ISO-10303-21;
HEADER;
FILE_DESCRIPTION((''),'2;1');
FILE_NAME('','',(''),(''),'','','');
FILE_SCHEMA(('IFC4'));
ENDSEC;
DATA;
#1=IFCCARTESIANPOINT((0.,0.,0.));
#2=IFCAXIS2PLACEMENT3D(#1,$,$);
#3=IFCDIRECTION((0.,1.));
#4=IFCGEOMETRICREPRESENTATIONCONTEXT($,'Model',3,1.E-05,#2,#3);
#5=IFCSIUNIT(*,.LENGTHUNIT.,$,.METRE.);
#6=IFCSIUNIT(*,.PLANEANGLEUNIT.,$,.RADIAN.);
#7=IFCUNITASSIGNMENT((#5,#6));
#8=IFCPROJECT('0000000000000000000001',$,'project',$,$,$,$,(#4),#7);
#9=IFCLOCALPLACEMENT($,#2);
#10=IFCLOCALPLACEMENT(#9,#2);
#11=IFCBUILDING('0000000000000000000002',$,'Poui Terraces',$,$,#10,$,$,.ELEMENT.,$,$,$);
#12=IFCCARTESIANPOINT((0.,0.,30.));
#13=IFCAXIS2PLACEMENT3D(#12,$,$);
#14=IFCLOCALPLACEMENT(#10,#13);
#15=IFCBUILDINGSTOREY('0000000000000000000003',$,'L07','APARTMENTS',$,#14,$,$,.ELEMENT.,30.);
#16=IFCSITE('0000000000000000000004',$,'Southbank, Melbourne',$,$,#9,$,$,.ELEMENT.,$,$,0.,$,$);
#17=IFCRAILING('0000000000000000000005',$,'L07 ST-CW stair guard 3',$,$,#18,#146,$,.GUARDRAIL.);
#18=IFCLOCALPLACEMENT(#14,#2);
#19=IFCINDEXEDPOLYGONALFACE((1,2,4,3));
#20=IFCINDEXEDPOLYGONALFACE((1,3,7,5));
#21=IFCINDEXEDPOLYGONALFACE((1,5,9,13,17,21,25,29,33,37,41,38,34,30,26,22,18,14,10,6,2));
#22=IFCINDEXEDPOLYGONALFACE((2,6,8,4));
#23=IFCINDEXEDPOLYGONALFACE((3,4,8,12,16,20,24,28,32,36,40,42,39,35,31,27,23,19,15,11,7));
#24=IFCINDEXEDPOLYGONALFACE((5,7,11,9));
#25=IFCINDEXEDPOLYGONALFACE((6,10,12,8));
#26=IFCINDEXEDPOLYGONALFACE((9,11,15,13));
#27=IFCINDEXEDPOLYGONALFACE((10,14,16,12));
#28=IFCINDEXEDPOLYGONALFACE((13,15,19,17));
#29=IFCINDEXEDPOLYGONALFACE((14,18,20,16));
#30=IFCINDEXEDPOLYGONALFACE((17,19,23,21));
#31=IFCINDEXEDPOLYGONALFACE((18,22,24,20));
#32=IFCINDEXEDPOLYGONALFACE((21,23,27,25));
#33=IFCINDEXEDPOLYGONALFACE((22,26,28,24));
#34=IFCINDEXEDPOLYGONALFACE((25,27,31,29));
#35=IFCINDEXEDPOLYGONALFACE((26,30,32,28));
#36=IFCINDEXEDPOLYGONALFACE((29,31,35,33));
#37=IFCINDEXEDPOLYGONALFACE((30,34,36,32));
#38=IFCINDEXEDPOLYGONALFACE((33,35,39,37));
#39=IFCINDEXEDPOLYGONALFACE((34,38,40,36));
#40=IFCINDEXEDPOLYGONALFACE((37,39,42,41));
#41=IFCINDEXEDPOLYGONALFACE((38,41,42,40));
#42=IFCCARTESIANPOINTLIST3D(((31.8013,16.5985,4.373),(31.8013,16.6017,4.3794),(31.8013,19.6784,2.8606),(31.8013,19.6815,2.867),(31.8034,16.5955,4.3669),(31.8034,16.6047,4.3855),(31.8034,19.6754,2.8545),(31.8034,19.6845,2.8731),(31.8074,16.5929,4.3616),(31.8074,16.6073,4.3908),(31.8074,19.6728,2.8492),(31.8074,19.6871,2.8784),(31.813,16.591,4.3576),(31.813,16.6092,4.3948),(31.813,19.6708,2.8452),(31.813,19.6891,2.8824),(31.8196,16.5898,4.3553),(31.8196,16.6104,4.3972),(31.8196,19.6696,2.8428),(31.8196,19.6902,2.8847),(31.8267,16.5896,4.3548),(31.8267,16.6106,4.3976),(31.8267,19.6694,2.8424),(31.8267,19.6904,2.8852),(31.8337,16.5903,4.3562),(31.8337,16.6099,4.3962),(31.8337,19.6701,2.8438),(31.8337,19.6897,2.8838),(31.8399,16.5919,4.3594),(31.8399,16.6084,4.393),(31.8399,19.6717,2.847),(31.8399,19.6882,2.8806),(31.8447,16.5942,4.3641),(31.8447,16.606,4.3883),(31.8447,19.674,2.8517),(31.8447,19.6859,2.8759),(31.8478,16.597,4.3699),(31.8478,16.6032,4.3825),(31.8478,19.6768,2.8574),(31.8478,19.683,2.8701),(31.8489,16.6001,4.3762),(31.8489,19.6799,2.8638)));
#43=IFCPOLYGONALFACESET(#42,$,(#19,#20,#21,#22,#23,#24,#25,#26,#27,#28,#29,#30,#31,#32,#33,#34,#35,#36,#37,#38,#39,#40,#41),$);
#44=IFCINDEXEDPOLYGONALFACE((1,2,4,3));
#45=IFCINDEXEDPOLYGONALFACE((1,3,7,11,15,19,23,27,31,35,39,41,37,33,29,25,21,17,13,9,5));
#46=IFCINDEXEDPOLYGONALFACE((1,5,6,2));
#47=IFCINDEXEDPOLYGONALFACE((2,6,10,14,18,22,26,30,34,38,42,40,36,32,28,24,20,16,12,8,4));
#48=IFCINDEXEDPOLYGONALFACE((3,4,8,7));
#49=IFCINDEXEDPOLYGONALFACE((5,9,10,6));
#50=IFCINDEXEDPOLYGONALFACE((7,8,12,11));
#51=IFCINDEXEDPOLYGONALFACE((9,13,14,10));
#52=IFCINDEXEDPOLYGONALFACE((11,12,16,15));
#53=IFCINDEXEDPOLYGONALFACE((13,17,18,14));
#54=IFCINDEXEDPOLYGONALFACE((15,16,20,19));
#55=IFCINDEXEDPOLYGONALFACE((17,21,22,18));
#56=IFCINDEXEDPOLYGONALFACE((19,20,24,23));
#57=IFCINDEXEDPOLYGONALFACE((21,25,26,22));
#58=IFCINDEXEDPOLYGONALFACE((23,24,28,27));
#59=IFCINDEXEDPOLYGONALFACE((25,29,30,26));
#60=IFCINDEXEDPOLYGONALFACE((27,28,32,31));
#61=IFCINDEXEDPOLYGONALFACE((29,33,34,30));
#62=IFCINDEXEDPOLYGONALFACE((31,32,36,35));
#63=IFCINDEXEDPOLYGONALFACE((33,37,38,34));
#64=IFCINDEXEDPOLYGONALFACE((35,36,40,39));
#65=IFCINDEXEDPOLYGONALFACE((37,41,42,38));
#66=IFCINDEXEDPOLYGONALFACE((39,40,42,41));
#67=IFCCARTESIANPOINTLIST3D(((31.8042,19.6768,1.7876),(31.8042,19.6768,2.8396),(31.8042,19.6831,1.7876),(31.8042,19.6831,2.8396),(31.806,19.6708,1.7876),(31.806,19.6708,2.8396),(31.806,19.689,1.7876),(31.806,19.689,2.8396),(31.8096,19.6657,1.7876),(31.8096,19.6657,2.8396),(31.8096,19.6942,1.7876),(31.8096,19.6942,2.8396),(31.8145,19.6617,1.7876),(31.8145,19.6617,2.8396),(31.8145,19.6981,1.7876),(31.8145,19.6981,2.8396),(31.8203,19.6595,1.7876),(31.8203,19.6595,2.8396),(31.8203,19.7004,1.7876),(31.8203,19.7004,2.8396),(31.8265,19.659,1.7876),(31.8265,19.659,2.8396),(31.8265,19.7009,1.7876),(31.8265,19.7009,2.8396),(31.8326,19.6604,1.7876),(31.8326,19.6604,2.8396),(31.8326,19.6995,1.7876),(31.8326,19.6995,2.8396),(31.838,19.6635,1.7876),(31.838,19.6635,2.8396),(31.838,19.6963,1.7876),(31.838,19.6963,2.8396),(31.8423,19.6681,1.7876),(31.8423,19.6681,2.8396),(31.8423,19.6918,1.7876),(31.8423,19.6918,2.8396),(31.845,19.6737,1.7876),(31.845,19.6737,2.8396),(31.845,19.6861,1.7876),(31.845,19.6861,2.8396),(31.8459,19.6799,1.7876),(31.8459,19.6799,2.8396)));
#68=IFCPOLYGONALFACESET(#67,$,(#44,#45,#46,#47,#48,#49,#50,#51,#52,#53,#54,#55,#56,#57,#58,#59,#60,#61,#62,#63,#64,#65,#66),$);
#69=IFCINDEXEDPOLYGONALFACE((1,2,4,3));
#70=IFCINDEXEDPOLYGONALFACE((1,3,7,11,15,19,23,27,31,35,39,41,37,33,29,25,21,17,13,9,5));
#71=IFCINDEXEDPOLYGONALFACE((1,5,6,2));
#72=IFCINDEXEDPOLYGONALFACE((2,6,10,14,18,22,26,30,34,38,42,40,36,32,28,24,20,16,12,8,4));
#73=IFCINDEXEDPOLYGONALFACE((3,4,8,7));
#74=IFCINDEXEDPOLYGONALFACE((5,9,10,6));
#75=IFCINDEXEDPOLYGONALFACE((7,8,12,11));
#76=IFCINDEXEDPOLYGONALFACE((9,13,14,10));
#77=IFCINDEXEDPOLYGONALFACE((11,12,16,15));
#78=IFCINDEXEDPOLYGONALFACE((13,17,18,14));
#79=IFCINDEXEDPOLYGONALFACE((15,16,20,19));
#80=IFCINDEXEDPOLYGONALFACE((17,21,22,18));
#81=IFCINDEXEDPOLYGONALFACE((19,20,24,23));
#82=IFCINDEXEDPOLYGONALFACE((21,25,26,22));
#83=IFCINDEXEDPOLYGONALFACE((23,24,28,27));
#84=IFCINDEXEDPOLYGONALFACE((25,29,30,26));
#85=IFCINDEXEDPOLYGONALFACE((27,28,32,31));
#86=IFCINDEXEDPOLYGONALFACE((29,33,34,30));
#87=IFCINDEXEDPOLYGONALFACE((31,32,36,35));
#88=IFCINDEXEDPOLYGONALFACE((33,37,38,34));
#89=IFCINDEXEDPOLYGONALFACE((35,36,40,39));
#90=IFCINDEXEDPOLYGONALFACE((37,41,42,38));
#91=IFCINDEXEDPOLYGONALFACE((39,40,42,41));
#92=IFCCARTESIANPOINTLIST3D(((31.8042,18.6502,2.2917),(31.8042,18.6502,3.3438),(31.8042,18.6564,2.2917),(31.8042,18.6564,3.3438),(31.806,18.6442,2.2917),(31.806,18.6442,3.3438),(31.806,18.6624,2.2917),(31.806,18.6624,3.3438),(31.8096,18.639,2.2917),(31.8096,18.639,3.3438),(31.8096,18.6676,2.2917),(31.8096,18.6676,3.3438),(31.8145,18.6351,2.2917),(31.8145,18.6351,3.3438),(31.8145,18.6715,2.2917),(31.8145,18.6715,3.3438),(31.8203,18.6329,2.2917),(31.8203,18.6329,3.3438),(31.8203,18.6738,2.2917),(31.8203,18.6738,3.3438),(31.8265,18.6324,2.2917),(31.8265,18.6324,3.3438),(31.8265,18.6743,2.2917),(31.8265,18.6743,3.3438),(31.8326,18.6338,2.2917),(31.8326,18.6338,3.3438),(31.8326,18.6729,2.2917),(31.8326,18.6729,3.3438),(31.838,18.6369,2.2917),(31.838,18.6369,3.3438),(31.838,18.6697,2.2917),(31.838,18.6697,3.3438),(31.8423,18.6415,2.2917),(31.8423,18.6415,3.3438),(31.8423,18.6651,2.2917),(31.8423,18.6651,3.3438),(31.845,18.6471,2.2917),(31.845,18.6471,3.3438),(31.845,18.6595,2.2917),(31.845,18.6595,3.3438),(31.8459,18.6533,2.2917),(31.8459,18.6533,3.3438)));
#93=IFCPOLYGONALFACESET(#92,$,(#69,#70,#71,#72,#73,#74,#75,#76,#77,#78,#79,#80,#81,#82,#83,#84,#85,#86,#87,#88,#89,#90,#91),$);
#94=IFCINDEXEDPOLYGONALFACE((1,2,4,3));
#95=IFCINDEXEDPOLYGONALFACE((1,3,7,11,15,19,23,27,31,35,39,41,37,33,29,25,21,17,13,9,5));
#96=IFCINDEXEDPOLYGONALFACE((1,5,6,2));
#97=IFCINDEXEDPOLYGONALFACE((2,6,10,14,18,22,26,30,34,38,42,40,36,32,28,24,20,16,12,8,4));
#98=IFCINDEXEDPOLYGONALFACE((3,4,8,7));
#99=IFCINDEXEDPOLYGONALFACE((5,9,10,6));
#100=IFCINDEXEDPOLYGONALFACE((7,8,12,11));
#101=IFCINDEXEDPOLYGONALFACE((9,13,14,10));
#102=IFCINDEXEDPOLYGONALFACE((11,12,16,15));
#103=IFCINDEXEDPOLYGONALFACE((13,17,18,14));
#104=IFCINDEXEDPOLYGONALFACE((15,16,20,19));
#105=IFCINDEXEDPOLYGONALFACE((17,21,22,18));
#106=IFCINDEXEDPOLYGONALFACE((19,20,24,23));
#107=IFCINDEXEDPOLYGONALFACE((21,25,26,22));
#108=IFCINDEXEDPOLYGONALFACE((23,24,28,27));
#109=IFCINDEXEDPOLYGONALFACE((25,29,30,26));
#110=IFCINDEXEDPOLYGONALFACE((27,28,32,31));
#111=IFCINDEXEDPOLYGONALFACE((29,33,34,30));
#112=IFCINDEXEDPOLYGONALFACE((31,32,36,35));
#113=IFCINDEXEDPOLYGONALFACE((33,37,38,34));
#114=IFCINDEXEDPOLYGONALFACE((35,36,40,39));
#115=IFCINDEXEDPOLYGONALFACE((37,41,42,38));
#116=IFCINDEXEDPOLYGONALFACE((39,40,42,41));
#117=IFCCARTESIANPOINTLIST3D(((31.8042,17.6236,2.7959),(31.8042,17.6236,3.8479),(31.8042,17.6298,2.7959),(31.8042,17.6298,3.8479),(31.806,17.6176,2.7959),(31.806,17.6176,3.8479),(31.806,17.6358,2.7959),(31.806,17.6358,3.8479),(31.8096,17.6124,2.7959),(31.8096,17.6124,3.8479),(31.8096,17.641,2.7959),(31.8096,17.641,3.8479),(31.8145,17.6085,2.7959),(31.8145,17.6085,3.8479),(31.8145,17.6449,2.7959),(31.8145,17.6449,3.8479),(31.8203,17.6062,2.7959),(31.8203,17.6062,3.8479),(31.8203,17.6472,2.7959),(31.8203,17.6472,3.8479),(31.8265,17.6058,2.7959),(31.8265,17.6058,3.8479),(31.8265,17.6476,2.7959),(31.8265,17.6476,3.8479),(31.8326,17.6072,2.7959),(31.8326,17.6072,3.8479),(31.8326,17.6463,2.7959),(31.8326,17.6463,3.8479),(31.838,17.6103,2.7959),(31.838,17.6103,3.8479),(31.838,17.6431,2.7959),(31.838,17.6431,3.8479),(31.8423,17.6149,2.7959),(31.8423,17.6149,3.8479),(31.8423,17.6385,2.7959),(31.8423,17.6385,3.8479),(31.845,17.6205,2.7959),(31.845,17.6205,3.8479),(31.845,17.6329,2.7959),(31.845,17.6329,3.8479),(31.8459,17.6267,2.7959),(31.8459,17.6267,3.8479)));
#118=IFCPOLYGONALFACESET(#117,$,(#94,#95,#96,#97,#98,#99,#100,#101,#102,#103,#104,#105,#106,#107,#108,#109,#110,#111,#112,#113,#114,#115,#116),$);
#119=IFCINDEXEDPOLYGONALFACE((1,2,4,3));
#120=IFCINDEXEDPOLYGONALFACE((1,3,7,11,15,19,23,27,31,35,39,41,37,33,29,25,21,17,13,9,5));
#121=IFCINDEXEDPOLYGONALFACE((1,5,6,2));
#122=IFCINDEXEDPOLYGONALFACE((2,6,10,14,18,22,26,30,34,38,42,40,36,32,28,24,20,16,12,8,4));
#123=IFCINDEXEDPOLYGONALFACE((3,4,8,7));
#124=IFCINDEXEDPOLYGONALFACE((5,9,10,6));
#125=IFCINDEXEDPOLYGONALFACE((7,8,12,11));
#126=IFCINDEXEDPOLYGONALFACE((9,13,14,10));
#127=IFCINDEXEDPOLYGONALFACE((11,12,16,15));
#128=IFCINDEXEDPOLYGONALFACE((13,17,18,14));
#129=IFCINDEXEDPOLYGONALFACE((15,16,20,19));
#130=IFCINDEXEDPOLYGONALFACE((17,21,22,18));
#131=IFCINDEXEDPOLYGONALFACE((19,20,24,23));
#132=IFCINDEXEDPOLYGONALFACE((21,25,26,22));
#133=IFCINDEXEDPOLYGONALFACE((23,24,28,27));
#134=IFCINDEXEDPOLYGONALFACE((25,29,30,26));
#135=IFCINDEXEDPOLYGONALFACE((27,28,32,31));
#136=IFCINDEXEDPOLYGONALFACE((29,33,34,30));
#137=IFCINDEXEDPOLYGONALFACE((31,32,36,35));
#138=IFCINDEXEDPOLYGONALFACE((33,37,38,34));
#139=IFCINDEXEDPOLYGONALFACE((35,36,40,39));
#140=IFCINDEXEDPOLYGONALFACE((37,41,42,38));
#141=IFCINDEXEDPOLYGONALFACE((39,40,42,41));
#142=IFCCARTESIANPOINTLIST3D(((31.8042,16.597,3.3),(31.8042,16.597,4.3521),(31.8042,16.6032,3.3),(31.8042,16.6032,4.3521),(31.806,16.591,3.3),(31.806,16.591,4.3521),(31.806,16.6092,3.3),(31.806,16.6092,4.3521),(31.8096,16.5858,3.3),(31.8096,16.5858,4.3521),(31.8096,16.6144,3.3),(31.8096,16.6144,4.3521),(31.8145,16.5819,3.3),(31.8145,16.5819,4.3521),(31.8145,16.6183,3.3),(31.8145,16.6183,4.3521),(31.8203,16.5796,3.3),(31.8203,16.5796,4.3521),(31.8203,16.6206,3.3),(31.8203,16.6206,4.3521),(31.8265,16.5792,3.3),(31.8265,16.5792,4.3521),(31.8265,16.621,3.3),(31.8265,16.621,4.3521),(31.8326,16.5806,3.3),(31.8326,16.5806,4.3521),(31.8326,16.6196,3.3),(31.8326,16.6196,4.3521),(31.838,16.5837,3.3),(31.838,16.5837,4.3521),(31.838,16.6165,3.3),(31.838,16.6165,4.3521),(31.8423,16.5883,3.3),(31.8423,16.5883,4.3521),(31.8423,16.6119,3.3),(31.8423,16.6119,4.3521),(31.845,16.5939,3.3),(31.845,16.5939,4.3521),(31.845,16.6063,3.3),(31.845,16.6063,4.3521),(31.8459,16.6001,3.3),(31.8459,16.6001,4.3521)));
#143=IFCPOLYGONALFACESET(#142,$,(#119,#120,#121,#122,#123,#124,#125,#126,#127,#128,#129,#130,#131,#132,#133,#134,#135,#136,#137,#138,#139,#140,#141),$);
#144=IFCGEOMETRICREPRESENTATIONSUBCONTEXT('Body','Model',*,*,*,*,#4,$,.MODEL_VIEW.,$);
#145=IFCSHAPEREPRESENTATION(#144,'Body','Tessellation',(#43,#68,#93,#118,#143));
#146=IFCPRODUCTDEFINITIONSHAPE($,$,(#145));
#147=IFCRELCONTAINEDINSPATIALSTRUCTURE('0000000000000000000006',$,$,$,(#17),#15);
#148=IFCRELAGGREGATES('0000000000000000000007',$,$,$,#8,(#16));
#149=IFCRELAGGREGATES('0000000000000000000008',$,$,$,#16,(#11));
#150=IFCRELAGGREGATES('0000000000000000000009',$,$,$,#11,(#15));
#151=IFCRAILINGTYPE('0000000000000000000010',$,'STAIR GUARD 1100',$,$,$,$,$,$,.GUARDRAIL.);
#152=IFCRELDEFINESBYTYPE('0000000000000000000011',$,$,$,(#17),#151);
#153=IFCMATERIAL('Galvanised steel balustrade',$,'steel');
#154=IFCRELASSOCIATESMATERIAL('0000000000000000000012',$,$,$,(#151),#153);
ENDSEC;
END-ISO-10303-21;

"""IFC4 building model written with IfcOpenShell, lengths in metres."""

from ifc_helpers import new_model, si_unit, direction, frame, origin, origin_2d, place, context, subcontext, project, spatial, circle, extrude, material, type_object, element, save


model = new_model("IFC4")

# Units and contexts
model_context = context("Model", 3, precision=1e-05, world=origin(), true_north=direction((0.0, 1.0)))
body_context = subcontext(model_context, "Body", "Model", "MODEL_VIEW")
ifc_project = project(units=[si_unit("LENGTHUNIT", "METRE"), si_unit("PLANEANGLEUNIT", "RADIAN")], contexts=[model_context])

# Site, building, storey
site_placement = place(None, origin())
site = spatial("IfcSite", under=ifc_project, at=site_placement, Name="Southbank, Melbourne", CompositionType="ELEMENT", RefElevation=0.0)
building_placement = place(site_placement, origin())
building = spatial("IfcBuilding", under=site, at=building_placement, Name="Poui Terraces", CompositionType="ELEMENT")
storey_placement = place(building_placement, frame((0.0, 0.0, 30.0)))
storey = spatial("IfcBuildingStorey", under=building, at=storey_placement, Name="L07", Description="APARTMENTS", CompositionType="ELEMENT", Elevation=30.0)

# Railing
ifc_material_1 = material(Name="Galvanised steel balustrade", Category="steel")
railing_type_1 = type_object("IfcRailingType", Name="STAIR GUARD 1100", PredefinedType="GUARDRAIL", material=ifc_material_1)
railing_1_placement = place(storey_placement, frame((31.825, 19.6799, 1.7876)))
element("IfcRailing", 1, at=railing_1_placement, inside=storey, type_object=railing_type_1, Name="L07 ST-CW stair guard 3", PredefinedType="GUARDRAIL", context=body_context, shape_type="SweptSolid", body=[
    extrude(circle(Radius=0.0239, at=origin_2d()), frame((0.0, 0.0, 1.0762), z_axis=(0.0, -0.897606, 0.440798), x_axis=(1.0, 0.0, 0.0)), (0.0, 0.0, 1.0), 3.4312),
    extrude(circle(Radius=0.021, at=origin_2d()), origin(), (0.0, 0.0, 1.0), 1.052),
    extrude(circle(Radius=0.021, at=origin_2d()), frame((0.0, -1.0266, 0.5042)), (0.0, 0.0, 1.0), 1.052),
    extrude(circle(Radius=0.021, at=origin_2d()), frame((0.0, -2.0532, 1.0083)), (0.0, 0.0, 1.0), 1.052),
    extrude(circle(Radius=0.021, at=origin_2d()), frame((0.0, -3.0798, 1.5125)), (0.0, 0.0, 1.0), 1.052),
])

save(model, "model.ifc")
